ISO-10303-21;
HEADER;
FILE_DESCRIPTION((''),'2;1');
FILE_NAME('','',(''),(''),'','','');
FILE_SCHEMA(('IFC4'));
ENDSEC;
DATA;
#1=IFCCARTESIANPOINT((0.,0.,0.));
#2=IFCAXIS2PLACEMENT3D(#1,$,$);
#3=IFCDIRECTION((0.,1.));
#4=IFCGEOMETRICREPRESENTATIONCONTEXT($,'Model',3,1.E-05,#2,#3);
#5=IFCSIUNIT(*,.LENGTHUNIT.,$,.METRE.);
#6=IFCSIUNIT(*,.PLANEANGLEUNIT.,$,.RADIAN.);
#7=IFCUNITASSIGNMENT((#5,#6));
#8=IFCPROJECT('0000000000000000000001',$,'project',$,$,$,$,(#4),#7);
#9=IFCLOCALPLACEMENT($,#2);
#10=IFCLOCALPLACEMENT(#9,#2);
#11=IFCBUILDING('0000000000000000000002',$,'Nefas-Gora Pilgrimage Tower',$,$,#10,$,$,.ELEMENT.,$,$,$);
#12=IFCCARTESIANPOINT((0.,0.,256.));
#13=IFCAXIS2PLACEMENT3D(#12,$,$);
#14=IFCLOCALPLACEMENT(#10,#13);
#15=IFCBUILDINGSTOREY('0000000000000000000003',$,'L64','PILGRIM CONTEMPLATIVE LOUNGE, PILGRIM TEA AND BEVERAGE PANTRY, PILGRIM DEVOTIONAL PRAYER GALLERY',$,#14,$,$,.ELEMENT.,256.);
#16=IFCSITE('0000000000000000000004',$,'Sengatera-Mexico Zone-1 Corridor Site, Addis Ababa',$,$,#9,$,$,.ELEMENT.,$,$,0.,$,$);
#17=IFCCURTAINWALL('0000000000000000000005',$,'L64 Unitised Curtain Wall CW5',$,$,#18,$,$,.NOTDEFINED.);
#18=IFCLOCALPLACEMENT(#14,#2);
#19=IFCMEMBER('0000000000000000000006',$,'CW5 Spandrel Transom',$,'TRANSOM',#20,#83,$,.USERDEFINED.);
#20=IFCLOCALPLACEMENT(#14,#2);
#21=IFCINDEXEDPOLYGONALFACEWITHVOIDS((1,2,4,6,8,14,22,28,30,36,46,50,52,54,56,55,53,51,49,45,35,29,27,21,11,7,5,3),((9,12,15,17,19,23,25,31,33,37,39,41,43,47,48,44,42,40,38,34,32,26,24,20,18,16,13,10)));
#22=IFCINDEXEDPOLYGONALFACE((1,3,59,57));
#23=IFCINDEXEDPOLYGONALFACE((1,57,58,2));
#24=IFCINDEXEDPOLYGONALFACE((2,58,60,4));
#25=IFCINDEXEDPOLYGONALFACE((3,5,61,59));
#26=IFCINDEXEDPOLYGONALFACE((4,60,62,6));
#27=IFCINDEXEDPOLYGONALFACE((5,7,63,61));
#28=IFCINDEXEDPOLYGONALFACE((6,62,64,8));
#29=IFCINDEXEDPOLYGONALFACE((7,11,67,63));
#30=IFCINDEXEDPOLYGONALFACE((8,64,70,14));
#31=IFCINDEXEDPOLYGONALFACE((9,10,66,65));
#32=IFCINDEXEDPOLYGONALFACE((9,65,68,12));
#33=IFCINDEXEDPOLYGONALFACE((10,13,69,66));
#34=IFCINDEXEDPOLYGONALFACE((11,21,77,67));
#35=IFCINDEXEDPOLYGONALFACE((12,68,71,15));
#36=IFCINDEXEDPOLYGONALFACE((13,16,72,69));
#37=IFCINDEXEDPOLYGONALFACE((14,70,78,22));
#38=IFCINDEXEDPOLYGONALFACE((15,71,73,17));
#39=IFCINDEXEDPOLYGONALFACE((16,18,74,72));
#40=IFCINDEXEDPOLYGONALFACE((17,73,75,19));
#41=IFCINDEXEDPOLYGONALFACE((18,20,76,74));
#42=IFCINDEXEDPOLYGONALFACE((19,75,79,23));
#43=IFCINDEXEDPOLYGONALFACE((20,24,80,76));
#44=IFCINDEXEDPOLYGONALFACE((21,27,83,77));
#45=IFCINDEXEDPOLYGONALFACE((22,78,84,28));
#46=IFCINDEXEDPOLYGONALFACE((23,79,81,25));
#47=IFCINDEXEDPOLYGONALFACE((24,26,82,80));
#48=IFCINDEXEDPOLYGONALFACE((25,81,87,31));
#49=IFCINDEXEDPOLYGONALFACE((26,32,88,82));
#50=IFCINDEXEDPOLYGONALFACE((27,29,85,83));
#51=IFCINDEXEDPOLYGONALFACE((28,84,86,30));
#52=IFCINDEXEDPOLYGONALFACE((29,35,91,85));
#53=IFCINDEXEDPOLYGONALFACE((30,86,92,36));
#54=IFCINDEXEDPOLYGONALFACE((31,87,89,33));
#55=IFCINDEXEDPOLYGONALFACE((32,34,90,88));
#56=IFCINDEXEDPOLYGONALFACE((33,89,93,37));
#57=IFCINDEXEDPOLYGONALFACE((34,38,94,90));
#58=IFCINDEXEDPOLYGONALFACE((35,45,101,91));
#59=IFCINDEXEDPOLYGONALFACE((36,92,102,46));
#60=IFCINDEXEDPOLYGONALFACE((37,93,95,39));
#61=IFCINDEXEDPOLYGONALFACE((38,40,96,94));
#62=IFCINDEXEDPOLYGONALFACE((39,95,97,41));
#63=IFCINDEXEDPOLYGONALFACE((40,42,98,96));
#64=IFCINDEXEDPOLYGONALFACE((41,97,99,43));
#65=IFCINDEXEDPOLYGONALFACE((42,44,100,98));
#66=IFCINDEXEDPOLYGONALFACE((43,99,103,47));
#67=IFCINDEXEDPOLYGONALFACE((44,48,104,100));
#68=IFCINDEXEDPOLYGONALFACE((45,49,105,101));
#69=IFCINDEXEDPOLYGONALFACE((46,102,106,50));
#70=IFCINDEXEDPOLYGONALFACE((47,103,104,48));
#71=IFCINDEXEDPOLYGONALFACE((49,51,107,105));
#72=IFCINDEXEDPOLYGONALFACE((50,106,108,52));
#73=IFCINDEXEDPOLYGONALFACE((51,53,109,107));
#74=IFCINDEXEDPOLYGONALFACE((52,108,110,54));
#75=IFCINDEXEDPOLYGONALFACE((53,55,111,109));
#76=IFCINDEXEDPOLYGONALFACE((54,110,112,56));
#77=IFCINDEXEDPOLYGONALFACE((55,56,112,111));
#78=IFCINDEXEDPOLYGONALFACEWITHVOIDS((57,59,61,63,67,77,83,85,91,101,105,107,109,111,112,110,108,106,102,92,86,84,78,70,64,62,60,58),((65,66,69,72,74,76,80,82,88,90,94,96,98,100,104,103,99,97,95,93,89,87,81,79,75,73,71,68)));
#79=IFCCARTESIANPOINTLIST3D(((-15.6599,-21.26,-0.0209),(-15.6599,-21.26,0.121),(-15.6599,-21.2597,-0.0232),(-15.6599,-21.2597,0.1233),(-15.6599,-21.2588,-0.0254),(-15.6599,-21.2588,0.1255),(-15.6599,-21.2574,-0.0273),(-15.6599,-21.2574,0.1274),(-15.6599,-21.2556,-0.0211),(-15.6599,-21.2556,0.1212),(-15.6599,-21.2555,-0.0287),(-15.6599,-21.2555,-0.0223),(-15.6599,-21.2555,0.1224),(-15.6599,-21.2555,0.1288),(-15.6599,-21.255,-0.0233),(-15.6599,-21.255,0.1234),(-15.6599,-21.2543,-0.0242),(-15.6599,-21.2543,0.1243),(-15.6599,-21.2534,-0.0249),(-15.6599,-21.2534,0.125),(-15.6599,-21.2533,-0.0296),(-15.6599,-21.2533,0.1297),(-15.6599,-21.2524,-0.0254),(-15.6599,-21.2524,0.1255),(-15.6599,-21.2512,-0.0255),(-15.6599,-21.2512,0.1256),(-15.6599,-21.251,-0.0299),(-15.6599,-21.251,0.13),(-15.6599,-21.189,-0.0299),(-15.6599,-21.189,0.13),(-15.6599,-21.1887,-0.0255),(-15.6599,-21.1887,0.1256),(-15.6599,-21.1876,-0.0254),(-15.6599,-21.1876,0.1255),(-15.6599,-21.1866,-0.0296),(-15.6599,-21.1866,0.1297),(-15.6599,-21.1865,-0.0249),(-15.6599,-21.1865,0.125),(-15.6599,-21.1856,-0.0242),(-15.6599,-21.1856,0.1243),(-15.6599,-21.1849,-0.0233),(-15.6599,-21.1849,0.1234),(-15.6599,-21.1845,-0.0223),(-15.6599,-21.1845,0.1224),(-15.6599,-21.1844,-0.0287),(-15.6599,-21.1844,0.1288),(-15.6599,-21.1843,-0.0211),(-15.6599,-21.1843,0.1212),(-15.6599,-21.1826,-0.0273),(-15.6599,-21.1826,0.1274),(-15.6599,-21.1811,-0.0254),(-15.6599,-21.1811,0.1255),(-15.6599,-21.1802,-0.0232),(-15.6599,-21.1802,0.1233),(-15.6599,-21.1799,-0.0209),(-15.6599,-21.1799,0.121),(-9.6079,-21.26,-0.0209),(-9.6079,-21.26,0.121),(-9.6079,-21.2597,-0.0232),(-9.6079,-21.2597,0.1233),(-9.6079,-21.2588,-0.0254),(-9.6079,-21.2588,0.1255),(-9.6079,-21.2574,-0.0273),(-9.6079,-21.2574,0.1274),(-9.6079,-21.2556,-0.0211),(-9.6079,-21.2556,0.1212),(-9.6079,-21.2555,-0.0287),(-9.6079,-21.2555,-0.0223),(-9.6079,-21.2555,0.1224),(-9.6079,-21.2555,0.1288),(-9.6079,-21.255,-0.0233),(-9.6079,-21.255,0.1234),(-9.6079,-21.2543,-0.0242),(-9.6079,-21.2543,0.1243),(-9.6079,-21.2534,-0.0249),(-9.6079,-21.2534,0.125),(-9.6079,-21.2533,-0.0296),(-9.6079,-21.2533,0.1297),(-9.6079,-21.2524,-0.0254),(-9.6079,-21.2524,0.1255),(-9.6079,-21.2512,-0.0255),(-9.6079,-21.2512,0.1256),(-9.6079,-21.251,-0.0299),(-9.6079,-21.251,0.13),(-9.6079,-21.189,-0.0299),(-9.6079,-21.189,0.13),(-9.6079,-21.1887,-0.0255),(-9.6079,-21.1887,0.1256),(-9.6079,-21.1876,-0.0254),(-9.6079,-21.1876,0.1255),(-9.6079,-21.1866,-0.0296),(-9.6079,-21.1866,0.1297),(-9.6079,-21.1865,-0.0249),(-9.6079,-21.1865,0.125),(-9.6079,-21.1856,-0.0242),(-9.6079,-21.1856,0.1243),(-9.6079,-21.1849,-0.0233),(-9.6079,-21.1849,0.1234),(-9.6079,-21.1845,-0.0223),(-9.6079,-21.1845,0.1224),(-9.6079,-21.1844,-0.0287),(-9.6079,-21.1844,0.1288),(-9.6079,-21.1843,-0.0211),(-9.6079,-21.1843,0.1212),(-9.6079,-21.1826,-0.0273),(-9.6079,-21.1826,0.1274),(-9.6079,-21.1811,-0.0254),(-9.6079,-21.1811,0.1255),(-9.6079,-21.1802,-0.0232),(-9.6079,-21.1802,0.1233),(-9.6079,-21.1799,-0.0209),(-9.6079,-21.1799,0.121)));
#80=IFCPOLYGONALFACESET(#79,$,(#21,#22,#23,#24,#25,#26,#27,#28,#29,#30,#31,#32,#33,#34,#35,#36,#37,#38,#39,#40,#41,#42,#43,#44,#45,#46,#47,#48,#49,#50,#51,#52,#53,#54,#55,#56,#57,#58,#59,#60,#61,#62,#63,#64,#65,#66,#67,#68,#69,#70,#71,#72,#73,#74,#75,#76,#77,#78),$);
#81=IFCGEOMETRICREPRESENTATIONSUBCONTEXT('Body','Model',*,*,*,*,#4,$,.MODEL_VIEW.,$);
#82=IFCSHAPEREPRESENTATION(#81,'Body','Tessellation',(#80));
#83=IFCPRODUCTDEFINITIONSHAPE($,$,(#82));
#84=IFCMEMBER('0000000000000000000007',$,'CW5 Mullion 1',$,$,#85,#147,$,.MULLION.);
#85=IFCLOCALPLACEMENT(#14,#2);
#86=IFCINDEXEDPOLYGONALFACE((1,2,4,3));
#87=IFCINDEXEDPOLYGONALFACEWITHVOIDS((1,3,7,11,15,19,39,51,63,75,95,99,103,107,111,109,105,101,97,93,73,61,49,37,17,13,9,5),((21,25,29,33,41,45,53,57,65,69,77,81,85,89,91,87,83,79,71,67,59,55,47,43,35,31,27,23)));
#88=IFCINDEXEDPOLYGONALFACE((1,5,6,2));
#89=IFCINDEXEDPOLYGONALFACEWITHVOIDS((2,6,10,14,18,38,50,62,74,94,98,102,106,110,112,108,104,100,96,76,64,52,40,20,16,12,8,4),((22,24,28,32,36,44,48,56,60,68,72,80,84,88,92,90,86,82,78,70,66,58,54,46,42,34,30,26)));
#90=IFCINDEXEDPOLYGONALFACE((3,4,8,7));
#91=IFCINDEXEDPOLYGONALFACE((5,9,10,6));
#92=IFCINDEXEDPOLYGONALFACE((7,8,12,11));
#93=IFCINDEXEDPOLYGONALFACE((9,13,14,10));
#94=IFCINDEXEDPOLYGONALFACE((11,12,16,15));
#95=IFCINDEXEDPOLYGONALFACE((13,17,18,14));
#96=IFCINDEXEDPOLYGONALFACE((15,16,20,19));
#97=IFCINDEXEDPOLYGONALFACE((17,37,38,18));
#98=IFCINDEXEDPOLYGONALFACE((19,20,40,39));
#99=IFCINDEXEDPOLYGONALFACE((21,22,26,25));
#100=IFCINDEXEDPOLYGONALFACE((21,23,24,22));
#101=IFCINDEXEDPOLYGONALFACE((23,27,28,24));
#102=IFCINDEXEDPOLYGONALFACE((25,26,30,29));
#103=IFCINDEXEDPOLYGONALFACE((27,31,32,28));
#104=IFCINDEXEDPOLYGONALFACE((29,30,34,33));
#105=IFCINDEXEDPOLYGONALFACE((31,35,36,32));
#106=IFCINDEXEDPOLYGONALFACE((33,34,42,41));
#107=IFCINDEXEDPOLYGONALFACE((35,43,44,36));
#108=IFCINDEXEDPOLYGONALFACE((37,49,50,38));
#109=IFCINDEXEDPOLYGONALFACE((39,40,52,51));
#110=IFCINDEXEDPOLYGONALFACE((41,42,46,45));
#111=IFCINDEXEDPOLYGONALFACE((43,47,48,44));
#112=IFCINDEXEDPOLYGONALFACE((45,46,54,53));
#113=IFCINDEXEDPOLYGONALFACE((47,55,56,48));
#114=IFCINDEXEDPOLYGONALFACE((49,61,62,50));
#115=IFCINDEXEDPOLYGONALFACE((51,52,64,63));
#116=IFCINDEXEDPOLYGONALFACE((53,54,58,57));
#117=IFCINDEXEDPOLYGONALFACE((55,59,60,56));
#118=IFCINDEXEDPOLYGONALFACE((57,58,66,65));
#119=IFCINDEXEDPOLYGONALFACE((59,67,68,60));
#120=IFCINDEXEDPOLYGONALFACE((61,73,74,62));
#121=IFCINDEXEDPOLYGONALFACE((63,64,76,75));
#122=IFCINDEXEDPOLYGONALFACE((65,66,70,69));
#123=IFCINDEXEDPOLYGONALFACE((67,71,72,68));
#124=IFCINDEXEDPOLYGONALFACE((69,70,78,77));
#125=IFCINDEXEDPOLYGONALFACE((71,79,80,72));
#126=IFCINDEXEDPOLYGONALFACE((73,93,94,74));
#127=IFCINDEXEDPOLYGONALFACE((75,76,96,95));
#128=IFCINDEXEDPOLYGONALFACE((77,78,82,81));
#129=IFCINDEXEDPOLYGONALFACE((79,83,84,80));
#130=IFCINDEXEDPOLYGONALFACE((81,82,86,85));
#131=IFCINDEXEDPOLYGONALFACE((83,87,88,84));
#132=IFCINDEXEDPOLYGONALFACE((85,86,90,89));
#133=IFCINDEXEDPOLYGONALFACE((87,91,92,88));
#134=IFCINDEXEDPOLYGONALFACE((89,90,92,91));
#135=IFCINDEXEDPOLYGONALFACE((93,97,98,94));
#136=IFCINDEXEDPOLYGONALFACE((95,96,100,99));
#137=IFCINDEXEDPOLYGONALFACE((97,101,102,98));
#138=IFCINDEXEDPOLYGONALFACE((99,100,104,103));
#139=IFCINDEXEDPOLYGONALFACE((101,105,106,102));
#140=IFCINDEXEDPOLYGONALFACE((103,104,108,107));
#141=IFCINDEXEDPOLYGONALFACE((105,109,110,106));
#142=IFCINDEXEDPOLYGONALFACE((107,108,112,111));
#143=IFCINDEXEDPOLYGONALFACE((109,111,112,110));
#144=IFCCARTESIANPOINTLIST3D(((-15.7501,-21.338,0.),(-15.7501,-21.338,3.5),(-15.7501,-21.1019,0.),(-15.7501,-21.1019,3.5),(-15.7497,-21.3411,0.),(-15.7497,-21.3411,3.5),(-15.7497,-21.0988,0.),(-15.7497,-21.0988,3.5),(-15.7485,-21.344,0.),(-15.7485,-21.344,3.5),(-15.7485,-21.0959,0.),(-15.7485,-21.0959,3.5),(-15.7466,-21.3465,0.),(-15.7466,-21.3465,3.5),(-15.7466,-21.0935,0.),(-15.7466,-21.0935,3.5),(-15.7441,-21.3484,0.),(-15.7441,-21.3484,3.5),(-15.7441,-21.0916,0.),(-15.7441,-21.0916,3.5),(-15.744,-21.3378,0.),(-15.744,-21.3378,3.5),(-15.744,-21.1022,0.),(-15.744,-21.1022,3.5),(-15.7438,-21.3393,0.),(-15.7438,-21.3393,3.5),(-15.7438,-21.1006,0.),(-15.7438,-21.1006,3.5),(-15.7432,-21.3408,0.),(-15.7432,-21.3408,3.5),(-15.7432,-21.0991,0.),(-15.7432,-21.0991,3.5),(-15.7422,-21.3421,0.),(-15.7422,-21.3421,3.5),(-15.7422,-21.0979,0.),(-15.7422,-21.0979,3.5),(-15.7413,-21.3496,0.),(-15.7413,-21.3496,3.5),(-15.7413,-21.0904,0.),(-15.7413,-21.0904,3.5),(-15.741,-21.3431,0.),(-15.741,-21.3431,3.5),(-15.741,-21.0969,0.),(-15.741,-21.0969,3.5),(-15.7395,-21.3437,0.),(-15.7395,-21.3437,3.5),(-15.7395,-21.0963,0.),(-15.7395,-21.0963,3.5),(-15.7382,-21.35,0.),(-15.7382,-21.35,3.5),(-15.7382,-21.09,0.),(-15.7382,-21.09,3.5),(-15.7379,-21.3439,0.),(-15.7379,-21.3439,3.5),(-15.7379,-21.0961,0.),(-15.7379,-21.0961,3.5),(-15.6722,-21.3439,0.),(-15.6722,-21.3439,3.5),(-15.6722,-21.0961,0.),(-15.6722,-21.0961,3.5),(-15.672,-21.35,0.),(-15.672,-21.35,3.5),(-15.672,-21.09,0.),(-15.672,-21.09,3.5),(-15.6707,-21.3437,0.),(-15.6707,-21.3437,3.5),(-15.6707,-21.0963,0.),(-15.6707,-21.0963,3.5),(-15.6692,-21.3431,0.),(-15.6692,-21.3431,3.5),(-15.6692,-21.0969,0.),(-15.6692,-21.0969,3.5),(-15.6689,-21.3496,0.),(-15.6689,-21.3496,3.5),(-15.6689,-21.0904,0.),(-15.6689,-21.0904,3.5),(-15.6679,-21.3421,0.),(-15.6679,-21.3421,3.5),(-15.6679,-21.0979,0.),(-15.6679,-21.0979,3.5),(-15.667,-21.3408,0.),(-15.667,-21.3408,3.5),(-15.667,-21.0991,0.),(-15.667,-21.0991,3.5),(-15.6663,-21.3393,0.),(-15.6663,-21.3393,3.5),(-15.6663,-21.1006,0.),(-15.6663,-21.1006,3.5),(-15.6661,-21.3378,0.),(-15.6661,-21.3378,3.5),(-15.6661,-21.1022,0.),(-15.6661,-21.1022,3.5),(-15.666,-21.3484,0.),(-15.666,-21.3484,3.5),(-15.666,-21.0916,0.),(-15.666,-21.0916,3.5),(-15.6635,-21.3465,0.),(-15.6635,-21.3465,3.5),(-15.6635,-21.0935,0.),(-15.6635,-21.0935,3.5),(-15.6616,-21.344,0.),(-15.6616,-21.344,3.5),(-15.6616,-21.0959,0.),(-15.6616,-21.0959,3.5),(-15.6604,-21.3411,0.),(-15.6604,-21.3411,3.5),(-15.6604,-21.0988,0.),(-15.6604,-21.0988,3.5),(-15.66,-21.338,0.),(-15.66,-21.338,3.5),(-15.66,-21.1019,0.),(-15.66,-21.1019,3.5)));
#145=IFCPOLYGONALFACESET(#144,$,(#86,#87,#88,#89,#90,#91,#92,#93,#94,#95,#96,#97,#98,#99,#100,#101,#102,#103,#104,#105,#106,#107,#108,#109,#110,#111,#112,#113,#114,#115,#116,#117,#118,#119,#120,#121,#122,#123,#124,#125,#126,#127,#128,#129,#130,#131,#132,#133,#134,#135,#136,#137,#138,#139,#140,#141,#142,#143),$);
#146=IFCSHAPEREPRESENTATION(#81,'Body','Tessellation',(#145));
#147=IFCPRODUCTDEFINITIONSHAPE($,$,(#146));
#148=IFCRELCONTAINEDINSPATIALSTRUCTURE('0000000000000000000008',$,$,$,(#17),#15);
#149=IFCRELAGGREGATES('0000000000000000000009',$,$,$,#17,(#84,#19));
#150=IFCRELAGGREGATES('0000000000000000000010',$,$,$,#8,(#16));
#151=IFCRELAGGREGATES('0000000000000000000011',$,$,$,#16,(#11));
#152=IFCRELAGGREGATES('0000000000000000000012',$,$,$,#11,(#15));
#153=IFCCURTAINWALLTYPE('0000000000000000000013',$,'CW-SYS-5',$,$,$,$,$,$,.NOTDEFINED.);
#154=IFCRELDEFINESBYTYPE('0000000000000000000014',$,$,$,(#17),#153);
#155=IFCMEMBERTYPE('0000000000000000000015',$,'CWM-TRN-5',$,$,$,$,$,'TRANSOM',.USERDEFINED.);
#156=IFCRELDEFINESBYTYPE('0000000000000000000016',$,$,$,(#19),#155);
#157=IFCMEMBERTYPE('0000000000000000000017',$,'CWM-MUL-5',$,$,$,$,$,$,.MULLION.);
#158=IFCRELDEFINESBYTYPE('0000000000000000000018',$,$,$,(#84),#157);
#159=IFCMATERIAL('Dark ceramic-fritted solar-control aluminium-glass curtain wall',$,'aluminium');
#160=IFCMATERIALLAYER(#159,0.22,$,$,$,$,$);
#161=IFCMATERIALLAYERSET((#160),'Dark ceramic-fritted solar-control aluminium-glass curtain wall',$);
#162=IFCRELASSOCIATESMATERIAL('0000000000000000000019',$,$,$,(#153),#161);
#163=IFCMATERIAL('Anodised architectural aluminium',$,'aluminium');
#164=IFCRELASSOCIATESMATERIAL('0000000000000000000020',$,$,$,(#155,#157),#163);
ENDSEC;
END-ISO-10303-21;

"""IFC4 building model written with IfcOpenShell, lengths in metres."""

from ifc_helpers import new_model, si_unit, direction, frame, origin, origin_2d, place, context, subcontext, project, spatial, hollow_rectangle, extrude, source, transform, mapped, material, layer, layer_set, material_profile, profile_set, type_object, element, aggregate, save


model = new_model("IFC4")

# Units and contexts
model_context = context("Model", 3, precision=1e-05, world=origin(), true_north=direction((0.0, 1.0)))
body_context = subcontext(model_context, "Body", "Model", "MODEL_VIEW")
ifc_project = project(units=[si_unit("LENGTHUNIT", "METRE"), si_unit("PLANEANGLEUNIT", "RADIAN")], contexts=[model_context])

# Site, building, storey
site_placement = place(None, origin())
site = spatial("IfcSite", under=ifc_project, at=site_placement, Name="Sengatera-Mexico Zone-1 Corridor Site, Addis Ababa", CompositionType="ELEMENT", RefElevation=0.0)
building_placement = place(site_placement, origin())
building = spatial("IfcBuilding", under=site, at=building_placement, Name="Nefas-Gora Pilgrimage Tower", CompositionType="ELEMENT")
storey_placement = place(building_placement, frame((0.0, 0.0, 256.0)))
storey = spatial("IfcBuildingStorey", under=building, at=storey_placement, Name="L64", Description="PILGRIM CONTEMPLATIVE LOUNGE, PILGRIM TEA AND BEVERAGE PANTRY, PILGRIM DEVOTIONAL PRAYER GALLERY", CompositionType="ELEMENT", Elevation=256.0)

# Curtain wall, members
ifc_material_1 = material(Name="Dark ceramic-fritted solar-control aluminium-glass curtain wall", Category="aluminium")
ifc_layer_1 = layer(ifc_material_1, 0.22)
ifc_layer_set_1 = layer_set([ifc_layer_1], Name="Dark ceramic-fritted solar-control aluminium-glass curtain wall")
curtain_wall_type_1 = type_object("IfcCurtainWallType", Name="CW-SYS-5", PredefinedType="NOTDEFINED", material=ifc_layer_set_1)
curtain_wall_1_placement = place(storey_placement, origin())
curtain_wall_1 = element("IfcCurtainWall", 1, at=curtain_wall_1_placement, inside=storey, type_object=curtain_wall_type_1, Name="L64 Unitised Curtain Wall CW5", PredefinedType="NOTDEFINED")
ifc_material_2 = material(Name="Anodised architectural aluminium", Category="aluminium")
ifc_material_profile_1 = material_profile(ifc_material_2, hollow_rectangle(XDim=0.0801, YDim=0.1599, WallThickness=0.0044, InnerFilletRadius=0.0044, OuterFilletRadius=0.009, at=origin_2d()), Name="ALU TRANSOM 80x160")
ifc_profile_set_1 = profile_set([ifc_material_profile_1], Name="Anodised architectural aluminium")
member_type_1 = type_object("IfcMemberType", Name="CWM-TRN-5", ElementType="TRANSOM", PredefinedType="USERDEFINED", material=ifc_profile_set_1)
shared_shape_1 = source(origin(), body_context, "Body", "SweptSolid", [
    extrude(hollow_rectangle(XDim=0.0801, YDim=0.1599, WallThickness=0.0044, InnerFilletRadius=0.0044, OuterFilletRadius=0.009, at=origin_2d()), origin(), (0.0, 0.0, 1.0), 6.052),
])
member_1_placement = place(storey_placement, frame((-15.6599, -21.22, 0.05), z_axis=(1.0, 0.0, 0.0), x_axis=(0.0, 1.0, 0.0)))
member_1 = element("IfcMember", 2, at=member_1_placement, type_object=member_type_1, Name="CW5 Spandrel Transom", ObjectType="TRANSOM", PredefinedType="USERDEFINED", context=body_context, shape_type="MappedRepresentation", body=[
    mapped(shared_shape_1, transform((0.0, 0.0, 0.0), x_axis=(1.0, 0.0, 0.0), y_axis=(0.0, 1.0, 0.0), z_axis=(0.0, 0.0, 1.0), scale=1.0)),
])
ifc_material_profile_2 = material_profile(ifc_material_2, hollow_rectangle(XDim=0.0901, YDim=0.26, WallThickness=0.0061, InnerFilletRadius=0.0061, OuterFilletRadius=0.012, at=origin_2d()), Name="ALU MULLION 90x260")
ifc_profile_set_2 = profile_set([ifc_material_profile_2], Name="Anodised architectural aluminium")
member_type_2 = type_object("IfcMemberType", Name="CWM-MUL-5", PredefinedType="MULLION", material=ifc_profile_set_2)
shared_shape_2 = source(origin(), body_context, "Body", "SweptSolid", [
    extrude(hollow_rectangle(XDim=0.0901, YDim=0.26, WallThickness=0.0061, InnerFilletRadius=0.0061, OuterFilletRadius=0.012, at=origin_2d()), origin(), (0.0, 0.0, 1.0), 3.5),
])
member_2_placement = place(storey_placement, frame((-15.7051, -21.22, 0.0), z_axis=(0.0, 0.0, 1.0), x_axis=(1.0, 0.0, 0.0)))
member_2 = element("IfcMember", 3, at=member_2_placement, type_object=member_type_2, Name="CW5 Mullion 1", PredefinedType="MULLION", context=body_context, shape_type="MappedRepresentation", body=[
    mapped(shared_shape_2, transform((0.0, 0.0, 0.0), x_axis=(1.0, 0.0, 0.0), y_axis=(0.0, 1.0, 0.0), z_axis=(0.0, 0.0, 1.0), scale=1.0)),
])

aggregate(curtain_wall_1, [member_2, member_1])

save(model, "model.ifc")
